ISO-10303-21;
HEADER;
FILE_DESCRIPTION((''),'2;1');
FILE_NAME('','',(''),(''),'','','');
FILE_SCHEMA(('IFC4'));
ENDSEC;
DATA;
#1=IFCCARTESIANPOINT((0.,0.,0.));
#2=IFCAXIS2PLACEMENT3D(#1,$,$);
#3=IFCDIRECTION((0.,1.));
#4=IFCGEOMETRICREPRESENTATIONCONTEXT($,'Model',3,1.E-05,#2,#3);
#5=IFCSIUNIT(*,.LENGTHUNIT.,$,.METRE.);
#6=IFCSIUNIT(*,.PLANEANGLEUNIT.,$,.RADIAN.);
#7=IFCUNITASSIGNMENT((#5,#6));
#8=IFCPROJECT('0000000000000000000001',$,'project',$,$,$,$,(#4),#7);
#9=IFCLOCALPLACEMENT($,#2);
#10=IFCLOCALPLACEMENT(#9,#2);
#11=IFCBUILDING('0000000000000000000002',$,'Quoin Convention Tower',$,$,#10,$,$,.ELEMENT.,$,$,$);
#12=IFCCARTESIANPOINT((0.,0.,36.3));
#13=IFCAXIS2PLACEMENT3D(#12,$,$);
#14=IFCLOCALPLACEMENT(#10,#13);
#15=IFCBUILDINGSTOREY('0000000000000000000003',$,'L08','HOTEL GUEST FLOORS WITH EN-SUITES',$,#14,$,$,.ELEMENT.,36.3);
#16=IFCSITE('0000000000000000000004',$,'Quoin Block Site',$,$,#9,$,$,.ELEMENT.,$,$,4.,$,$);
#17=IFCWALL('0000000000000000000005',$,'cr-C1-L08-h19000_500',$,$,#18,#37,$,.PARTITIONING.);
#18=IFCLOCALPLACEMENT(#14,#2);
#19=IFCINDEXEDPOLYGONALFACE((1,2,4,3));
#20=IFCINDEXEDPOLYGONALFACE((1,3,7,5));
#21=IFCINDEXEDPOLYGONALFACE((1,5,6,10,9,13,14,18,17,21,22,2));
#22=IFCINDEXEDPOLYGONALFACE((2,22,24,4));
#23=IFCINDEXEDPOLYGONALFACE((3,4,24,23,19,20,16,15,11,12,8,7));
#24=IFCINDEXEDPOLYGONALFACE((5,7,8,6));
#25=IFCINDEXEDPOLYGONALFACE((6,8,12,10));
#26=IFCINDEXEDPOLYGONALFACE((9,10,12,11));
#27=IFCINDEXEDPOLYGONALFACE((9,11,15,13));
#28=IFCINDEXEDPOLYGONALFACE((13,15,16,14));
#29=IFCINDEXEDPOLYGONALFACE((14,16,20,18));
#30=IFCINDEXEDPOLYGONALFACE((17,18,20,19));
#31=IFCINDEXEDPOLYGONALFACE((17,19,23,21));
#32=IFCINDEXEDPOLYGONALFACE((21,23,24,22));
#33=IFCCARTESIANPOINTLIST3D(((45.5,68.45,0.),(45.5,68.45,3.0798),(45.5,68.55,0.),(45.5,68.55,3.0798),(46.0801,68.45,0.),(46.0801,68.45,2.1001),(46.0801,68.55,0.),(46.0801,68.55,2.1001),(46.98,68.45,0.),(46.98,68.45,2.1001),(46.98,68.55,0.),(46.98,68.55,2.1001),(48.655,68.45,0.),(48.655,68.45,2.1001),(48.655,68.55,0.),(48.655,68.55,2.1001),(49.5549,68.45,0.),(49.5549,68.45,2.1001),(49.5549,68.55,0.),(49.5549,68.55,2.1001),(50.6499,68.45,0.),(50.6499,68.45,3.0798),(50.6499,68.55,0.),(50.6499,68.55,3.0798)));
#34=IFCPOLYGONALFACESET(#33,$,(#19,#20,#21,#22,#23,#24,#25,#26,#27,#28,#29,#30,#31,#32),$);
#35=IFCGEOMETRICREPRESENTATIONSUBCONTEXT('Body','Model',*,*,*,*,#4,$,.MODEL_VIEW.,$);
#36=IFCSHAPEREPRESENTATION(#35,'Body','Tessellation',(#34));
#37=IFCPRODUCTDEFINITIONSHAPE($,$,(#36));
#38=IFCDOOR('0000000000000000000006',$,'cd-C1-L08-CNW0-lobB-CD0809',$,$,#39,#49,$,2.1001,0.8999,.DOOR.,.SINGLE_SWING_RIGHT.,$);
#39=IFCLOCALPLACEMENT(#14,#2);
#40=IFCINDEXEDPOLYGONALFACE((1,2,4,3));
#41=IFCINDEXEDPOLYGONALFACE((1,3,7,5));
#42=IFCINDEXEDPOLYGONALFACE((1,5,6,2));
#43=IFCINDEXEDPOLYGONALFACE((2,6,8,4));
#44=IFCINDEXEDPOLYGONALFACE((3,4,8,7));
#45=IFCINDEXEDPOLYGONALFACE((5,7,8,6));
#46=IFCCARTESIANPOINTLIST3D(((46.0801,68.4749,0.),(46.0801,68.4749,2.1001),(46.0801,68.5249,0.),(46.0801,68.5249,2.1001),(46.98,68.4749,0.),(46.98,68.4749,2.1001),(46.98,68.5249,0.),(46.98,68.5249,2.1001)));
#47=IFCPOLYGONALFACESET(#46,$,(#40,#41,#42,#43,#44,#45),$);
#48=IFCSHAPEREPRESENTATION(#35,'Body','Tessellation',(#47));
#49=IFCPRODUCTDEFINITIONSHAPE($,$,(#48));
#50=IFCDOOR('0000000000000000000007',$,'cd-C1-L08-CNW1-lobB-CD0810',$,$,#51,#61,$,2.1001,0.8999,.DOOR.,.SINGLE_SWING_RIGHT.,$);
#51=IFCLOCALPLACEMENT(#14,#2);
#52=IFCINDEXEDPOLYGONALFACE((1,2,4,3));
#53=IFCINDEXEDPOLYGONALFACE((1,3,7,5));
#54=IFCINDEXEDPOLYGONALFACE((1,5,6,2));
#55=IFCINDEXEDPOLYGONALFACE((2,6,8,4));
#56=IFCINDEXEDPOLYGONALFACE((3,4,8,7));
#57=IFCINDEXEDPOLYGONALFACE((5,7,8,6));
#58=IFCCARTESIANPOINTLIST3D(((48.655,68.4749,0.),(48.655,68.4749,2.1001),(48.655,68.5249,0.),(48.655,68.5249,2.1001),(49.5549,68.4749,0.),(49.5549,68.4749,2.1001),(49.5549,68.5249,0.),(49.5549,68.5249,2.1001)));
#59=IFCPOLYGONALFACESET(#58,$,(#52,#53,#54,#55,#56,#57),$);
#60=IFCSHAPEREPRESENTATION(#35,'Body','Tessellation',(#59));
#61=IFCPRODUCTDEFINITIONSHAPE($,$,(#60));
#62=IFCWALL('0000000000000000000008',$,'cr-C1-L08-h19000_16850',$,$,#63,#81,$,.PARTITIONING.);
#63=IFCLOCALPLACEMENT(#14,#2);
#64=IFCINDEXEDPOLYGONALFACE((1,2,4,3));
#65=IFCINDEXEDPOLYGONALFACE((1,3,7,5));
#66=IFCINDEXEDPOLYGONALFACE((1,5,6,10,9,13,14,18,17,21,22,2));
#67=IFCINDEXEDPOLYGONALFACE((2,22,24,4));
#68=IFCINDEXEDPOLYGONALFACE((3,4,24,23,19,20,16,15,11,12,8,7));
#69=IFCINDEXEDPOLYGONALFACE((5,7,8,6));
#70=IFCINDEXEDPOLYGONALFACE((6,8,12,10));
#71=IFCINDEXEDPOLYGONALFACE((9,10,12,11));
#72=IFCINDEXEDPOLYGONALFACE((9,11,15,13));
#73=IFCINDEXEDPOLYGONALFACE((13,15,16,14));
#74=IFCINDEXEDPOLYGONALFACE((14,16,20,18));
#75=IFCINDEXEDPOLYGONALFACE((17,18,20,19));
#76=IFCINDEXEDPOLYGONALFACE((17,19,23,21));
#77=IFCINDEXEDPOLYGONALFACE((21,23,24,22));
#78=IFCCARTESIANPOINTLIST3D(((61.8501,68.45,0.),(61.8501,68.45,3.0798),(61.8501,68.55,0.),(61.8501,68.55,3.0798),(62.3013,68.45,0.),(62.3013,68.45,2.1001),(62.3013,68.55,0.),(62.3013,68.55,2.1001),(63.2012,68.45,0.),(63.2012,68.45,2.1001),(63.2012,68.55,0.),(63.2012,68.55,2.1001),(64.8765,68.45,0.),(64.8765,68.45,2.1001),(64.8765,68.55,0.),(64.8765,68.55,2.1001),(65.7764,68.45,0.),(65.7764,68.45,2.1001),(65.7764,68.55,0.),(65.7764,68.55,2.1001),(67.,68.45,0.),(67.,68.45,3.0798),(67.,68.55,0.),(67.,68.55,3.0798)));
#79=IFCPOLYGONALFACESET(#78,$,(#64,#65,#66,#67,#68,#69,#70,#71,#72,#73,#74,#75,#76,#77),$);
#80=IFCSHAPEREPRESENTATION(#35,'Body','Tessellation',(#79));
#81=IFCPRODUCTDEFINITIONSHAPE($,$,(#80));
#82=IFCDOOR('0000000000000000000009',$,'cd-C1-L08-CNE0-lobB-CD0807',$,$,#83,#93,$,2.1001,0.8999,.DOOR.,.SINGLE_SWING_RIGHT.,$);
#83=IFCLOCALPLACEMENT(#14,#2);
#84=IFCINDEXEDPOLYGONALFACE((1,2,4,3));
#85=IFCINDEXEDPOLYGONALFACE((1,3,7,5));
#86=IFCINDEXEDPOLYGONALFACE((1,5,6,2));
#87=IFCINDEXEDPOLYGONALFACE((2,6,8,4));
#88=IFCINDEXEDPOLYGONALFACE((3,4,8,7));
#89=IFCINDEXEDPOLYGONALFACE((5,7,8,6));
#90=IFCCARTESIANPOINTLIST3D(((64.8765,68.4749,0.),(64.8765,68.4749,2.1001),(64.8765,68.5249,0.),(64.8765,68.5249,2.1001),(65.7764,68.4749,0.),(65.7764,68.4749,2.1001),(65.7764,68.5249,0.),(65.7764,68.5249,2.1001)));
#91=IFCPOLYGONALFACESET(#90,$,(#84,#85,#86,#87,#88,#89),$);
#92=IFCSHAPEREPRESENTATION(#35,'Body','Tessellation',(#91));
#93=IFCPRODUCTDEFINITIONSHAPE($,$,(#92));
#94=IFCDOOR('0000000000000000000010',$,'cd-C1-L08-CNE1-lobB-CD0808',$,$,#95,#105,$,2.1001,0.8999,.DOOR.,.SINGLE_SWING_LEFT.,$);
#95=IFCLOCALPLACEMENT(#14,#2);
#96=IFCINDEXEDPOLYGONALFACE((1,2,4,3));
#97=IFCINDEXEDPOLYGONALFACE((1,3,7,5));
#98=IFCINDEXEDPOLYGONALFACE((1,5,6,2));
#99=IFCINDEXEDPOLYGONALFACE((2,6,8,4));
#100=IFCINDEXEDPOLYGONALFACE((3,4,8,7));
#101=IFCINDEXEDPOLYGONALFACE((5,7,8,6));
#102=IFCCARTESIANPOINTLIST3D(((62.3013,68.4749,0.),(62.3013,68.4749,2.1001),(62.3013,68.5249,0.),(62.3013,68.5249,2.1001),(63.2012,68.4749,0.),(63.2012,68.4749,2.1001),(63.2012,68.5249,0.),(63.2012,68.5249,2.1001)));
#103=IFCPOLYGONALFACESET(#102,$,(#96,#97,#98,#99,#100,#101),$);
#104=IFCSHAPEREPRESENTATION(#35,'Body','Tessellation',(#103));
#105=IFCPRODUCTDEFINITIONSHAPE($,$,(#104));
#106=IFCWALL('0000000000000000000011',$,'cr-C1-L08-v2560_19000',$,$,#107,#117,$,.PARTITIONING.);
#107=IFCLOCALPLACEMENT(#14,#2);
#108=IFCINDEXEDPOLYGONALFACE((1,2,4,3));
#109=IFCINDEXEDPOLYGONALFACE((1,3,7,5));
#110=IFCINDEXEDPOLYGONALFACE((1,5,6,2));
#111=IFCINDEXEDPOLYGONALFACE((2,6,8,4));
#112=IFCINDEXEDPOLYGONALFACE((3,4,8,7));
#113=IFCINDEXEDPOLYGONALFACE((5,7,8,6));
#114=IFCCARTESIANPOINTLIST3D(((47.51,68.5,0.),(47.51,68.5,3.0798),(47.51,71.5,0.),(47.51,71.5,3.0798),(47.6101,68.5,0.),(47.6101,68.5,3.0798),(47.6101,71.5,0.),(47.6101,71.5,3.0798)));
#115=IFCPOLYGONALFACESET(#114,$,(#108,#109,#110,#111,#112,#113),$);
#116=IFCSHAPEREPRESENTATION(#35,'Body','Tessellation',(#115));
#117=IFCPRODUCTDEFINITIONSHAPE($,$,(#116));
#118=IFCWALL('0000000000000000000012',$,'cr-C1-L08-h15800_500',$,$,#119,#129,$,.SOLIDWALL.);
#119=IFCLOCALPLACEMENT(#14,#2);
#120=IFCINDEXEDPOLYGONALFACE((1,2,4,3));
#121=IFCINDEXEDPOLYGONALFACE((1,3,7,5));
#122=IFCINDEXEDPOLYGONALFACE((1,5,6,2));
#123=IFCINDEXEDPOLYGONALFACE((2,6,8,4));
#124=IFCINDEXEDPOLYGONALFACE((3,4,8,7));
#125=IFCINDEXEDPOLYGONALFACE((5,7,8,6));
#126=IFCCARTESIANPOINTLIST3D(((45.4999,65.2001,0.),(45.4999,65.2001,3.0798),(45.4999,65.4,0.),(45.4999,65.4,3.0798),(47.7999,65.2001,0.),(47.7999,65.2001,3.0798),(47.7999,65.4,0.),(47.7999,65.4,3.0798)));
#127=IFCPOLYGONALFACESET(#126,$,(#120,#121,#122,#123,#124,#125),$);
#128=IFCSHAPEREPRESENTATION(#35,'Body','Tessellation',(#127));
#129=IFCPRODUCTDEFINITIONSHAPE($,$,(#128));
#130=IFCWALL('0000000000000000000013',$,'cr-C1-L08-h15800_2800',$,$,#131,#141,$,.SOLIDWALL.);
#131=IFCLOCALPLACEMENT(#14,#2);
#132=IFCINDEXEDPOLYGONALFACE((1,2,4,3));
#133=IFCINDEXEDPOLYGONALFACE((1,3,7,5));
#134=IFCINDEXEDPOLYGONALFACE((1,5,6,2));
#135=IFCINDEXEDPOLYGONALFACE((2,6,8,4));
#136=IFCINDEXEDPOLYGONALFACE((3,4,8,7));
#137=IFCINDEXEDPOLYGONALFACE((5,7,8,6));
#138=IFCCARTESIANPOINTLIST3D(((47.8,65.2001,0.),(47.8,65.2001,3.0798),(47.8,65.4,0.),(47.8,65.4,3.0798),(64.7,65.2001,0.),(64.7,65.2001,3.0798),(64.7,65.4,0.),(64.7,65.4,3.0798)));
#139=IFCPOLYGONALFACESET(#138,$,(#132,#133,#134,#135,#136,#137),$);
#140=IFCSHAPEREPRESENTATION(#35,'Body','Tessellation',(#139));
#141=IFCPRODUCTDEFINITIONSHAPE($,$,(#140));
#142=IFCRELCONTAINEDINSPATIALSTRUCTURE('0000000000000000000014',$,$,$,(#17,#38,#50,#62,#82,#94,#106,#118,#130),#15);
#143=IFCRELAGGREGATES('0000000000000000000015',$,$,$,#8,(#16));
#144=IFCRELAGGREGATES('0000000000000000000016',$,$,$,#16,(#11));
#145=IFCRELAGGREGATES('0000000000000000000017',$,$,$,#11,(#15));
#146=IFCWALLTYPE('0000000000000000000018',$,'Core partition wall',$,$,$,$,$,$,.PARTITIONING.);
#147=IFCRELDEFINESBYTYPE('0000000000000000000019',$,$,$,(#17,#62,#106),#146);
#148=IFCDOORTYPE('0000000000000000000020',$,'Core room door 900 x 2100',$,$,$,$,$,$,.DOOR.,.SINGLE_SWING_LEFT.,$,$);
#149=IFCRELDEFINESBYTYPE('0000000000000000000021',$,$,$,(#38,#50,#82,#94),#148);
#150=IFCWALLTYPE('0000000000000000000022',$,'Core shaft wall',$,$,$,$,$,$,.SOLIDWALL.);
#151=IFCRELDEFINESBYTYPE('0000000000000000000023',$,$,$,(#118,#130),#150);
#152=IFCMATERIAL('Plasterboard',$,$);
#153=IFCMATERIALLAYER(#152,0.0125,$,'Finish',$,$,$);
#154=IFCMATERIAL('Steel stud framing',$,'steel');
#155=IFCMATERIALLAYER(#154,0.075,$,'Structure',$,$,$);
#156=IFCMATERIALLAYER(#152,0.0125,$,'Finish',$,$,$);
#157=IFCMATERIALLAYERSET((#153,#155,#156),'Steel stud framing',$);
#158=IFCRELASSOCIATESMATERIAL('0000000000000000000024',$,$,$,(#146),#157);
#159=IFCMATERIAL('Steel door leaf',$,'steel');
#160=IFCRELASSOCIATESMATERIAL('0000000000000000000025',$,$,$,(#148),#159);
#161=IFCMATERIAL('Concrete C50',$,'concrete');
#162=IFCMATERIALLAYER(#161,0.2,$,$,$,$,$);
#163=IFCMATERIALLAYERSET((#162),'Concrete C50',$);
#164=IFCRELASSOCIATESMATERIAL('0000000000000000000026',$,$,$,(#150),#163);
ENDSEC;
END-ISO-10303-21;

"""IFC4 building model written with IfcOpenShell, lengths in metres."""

from ifc_helpers import new_model, si_unit, direction, frame, frame_2d, origin, place, context, subcontext, project, spatial, rectangle, extrude, material, layer, layer_set, type_object, element, fill, save


model = new_model("IFC4")

# Units and contexts
model_context = context("Model", 3, precision=1e-05, world=origin(), true_north=direction((0.0, 1.0)))
body_context = subcontext(model_context, "Body", "Model", "MODEL_VIEW")
ifc_project = project(units=[si_unit("LENGTHUNIT", "METRE"), si_unit("PLANEANGLEUNIT", "RADIAN")], contexts=[model_context])

# Site, building, storey
site_placement = place(None, origin())
site = spatial("IfcSite", under=ifc_project, at=site_placement, Name="Quoin Block Site", CompositionType="ELEMENT", RefElevation=4.0)
building_placement = place(site_placement, origin())
building = spatial("IfcBuilding", under=site, at=building_placement, Name="Quoin Convention Tower", CompositionType="ELEMENT")
storey_placement = place(building_placement, frame((0.0, 0.0, 36.3)))
storey = spatial("IfcBuildingStorey", under=building, at=storey_placement, Name="L08", Description="HOTEL GUEST FLOORS WITH EN-SUITES", CompositionType="ELEMENT", Elevation=36.3)

# Walls, openings, doors
ifc_material_1 = material(Name="Plasterboard")
ifc_layer_1 = layer(ifc_material_1, 0.0125, Name="Finish")
ifc_material_2 = material(Name="Steel stud framing", Category="steel")
ifc_layer_2 = layer(ifc_material_2, 0.075, Name="Structure")
ifc_layer_3 = layer(ifc_material_1, 0.0125, Name="Finish")
ifc_layer_set_1 = layer_set([ifc_layer_1, ifc_layer_2, ifc_layer_3], Name="Steel stud framing")
wall_type_1 = type_object("IfcWallType", Name="Core partition wall", PredefinedType="PARTITIONING", material=ifc_layer_set_1)
wall_1_placement = place(storey_placement, frame((45.5, 68.5, 0.0), z_axis=(0.0, 0.0, 1.0), x_axis=(1.0, 0.0, 0.0)))
wall_1 = element("IfcWall", 1, at=wall_1_placement, inside=storey, type_object=wall_type_1, Name="cr-C1-L08-h19000_500", PredefinedType="PARTITIONING", context=body_context, shape_type="SweptSolid", body=[
    extrude(rectangle(XDim=5.1499, YDim=0.1001, at=frame_2d((2.575, 0.0))), origin(), (0.0, 0.0, 1.0), 3.0798),
])
opening_1_placement = place(wall_1_placement, frame((0.5801, 0.0, 0.0)))
opening_1 = element("IfcOpeningElement", 2, at=opening_1_placement, cuts=wall_1, PredefinedType="OPENING", context=body_context, shape_type="SweptSolid", body=[
    extrude(rectangle(XDim=0.8999, YDim=2.1001, at=frame_2d((0.45, 1.05))), frame((0.0, 0.0601, 0.0), z_axis=(0.0, -1.0, 0.0), x_axis=(1.0, 0.0, 0.0)), (0.0, 0.0, 1.0), 0.1201),
])
opening_2_placement = place(wall_1_placement, frame((3.155, 0.0, 0.0)))
opening_2 = element("IfcOpeningElement", 3, at=opening_2_placement, cuts=wall_1, PredefinedType="OPENING", context=body_context, shape_type="SweptSolid", body=[
    extrude(rectangle(XDim=0.8999, YDim=2.1001, at=frame_2d((0.45, 1.05))), frame((0.0, 0.0601, 0.0), z_axis=(0.0, -1.0, 0.0), x_axis=(1.0, 0.0, 0.0)), (0.0, 0.0, 1.0), 0.1201),
])
ifc_material_3 = material(Name="Steel door leaf", Category="steel")
door_type_1 = type_object("IfcDoorType", Name="Core room door 900 x 2100", OperationType="SINGLE_SWING_LEFT", PredefinedType="DOOR", material=ifc_material_3)
door_1_placement = place(opening_1_placement, origin())
door_1 = element("IfcDoor", 4, at=door_1_placement, inside=storey, type_object=door_type_1, Name="cd-C1-L08-CNW0-lobB-CD0809", OperationType="SINGLE_SWING_RIGHT", OverallHeight=2.1001, OverallWidth=0.8999, PredefinedType="DOOR", context=body_context, shape_type="SweptSolid", body=[
    extrude(rectangle(XDim=0.8999, YDim=2.1001, at=frame_2d((0.45, 1.05))), frame((0.0, 0.0249, 0.0), z_axis=(0.0, -1.0, 0.0), x_axis=(1.0, 0.0, 0.0)), (0.0, 0.0, 1.0), 0.05),
])
fill(opening_1, door_1)
door_2_placement = place(opening_2_placement, origin())
door_2 = element("IfcDoor", 5, at=door_2_placement, inside=storey, type_object=door_type_1, Name="cd-C1-L08-CNW1-lobB-CD0810", OperationType="SINGLE_SWING_RIGHT", OverallHeight=2.1001, OverallWidth=0.8999, PredefinedType="DOOR", context=body_context, shape_type="SweptSolid", body=[
    extrude(rectangle(XDim=0.8999, YDim=2.1001, at=frame_2d((0.45, 1.05))), frame((0.0, 0.0249, 0.0), z_axis=(0.0, -1.0, 0.0), x_axis=(1.0, 0.0, 0.0)), (0.0, 0.0, 1.0), 0.05),
])
fill(opening_2, door_2)
wall_2_placement = place(storey_placement, frame((61.8501, 68.5, 0.0), z_axis=(0.0, 0.0, 1.0), x_axis=(1.0, 0.0, 0.0)))
wall_2 = element("IfcWall", 6, at=wall_2_placement, inside=storey, type_object=wall_type_1, Name="cr-C1-L08-h19000_16850", PredefinedType="PARTITIONING", context=body_context, shape_type="SweptSolid", body=[
    extrude(rectangle(XDim=5.1499, YDim=0.1001, at=frame_2d((2.575, 0.0))), origin(), (0.0, 0.0, 1.0), 3.0798),
])
opening_3_placement = place(wall_2_placement, frame((3.0264, 0.0, 0.0)))
opening_3 = element("IfcOpeningElement", 7, at=opening_3_placement, cuts=wall_2, PredefinedType="OPENING", context=body_context, shape_type="SweptSolid", body=[
    extrude(rectangle(XDim=0.8999, YDim=2.1001, at=frame_2d((0.45, 1.05))), frame((0.0, 0.0601, 0.0), z_axis=(0.0, -1.0, 0.0), x_axis=(1.0, 0.0, 0.0)), (0.0, 0.0, 1.0), 0.1201),
])
opening_4_placement = place(wall_2_placement, frame((0.4512, 0.0, 0.0)))
opening_4 = element("IfcOpeningElement", 8, at=opening_4_placement, cuts=wall_2, PredefinedType="OPENING", context=body_context, shape_type="SweptSolid", body=[
    extrude(rectangle(XDim=0.8999, YDim=2.1001, at=frame_2d((0.45, 1.05))), frame((0.0, 0.0601, 0.0), z_axis=(0.0, -1.0, 0.0), x_axis=(1.0, 0.0, 0.0)), (0.0, 0.0, 1.0), 0.1201),
])
door_3_placement = place(opening_3_placement, origin())
door_3 = element("IfcDoor", 9, at=door_3_placement, inside=storey, type_object=door_type_1, Name="cd-C1-L08-CNE0-lobB-CD0807", OperationType="SINGLE_SWING_RIGHT", OverallHeight=2.1001, OverallWidth=0.8999, PredefinedType="DOOR", context=body_context, shape_type="SweptSolid", body=[
    extrude(rectangle(XDim=0.8999, YDim=2.1001, at=frame_2d((0.45, 1.05))), frame((0.0, 0.0249, 0.0), z_axis=(0.0, -1.0, 0.0), x_axis=(1.0, 0.0, 0.0)), (0.0, 0.0, 1.0), 0.05),
])
fill(opening_3, door_3)
door_4_placement = place(opening_4_placement, origin())
door_4 = element("IfcDoor", 10, at=door_4_placement, inside=storey, type_object=door_type_1, Name="cd-C1-L08-CNE1-lobB-CD0808", OperationType="SINGLE_SWING_LEFT", OverallHeight=2.1001, OverallWidth=0.8999, PredefinedType="DOOR", context=body_context, shape_type="SweptSolid", body=[
    extrude(rectangle(XDim=0.8999, YDim=2.1001, at=frame_2d((0.45, 1.05))), frame((0.0, 0.0249, 0.0), z_axis=(0.0, -1.0, 0.0), x_axis=(1.0, 0.0, 0.0)), (0.0, 0.0, 1.0), 0.05),
])
fill(opening_4, door_4)

# Walls
wall_3_placement = place(storey_placement, frame((47.5601, 68.5, 0.0), z_axis=(0.0, 0.0, 1.0), x_axis=(0.0, 1.0, 0.0)))
element("IfcWall", 11, at=wall_3_placement, inside=storey, type_object=wall_type_1, Name="cr-C1-L08-v2560_19000", PredefinedType="PARTITIONING", context=body_context, shape_type="SweptSolid", body=[
    extrude(rectangle(XDim=3.0, YDim=0.1001, at=frame_2d((1.5, 0.0))), origin(), (0.0, 0.0, 1.0), 3.0798),
])
ifc_material_4 = material(Name="Concrete C50", Category="concrete")
ifc_layer_4 = layer(ifc_material_4, 0.2)
ifc_layer_set_2 = layer_set([ifc_layer_4], Name="Concrete C50")
wall_type_2 = type_object("IfcWallType", Name="Core shaft wall", PredefinedType="SOLIDWALL", material=ifc_layer_set_2)
wall_4_placement = place(storey_placement, frame((45.5, 65.3, 0.0), z_axis=(0.0, 0.0, 1.0), x_axis=(1.0, 0.0, 0.0)))
element("IfcWall", 12, at=wall_4_placement, inside=storey, type_object=wall_type_2, Name="cr-C1-L08-h15800_500", PredefinedType="SOLIDWALL", context=body_context, shape_type="SweptSolid", body=[
    extrude(rectangle(XDim=2.3, YDim=0.2, at=frame_2d((1.1499, 0.0))), origin(), (0.0, 0.0, 1.0), 3.0798),
])
wall_5_placement = place(storey_placement, frame((47.8, 65.3, 0.0), z_axis=(0.0, 0.0, 1.0), x_axis=(1.0, 0.0, 0.0)))
element("IfcWall", 13, at=wall_5_placement, inside=storey, type_object=wall_type_2, Name="cr-C1-L08-h15800_2800", PredefinedType="SOLIDWALL", context=body_context, shape_type="SweptSolid", body=[
    extrude(rectangle(XDim=16.8999, YDim=0.2, at=frame_2d((8.45, 0.0))), origin(), (0.0, 0.0, 1.0), 3.0798),
])

save(model, "model.ifc")
